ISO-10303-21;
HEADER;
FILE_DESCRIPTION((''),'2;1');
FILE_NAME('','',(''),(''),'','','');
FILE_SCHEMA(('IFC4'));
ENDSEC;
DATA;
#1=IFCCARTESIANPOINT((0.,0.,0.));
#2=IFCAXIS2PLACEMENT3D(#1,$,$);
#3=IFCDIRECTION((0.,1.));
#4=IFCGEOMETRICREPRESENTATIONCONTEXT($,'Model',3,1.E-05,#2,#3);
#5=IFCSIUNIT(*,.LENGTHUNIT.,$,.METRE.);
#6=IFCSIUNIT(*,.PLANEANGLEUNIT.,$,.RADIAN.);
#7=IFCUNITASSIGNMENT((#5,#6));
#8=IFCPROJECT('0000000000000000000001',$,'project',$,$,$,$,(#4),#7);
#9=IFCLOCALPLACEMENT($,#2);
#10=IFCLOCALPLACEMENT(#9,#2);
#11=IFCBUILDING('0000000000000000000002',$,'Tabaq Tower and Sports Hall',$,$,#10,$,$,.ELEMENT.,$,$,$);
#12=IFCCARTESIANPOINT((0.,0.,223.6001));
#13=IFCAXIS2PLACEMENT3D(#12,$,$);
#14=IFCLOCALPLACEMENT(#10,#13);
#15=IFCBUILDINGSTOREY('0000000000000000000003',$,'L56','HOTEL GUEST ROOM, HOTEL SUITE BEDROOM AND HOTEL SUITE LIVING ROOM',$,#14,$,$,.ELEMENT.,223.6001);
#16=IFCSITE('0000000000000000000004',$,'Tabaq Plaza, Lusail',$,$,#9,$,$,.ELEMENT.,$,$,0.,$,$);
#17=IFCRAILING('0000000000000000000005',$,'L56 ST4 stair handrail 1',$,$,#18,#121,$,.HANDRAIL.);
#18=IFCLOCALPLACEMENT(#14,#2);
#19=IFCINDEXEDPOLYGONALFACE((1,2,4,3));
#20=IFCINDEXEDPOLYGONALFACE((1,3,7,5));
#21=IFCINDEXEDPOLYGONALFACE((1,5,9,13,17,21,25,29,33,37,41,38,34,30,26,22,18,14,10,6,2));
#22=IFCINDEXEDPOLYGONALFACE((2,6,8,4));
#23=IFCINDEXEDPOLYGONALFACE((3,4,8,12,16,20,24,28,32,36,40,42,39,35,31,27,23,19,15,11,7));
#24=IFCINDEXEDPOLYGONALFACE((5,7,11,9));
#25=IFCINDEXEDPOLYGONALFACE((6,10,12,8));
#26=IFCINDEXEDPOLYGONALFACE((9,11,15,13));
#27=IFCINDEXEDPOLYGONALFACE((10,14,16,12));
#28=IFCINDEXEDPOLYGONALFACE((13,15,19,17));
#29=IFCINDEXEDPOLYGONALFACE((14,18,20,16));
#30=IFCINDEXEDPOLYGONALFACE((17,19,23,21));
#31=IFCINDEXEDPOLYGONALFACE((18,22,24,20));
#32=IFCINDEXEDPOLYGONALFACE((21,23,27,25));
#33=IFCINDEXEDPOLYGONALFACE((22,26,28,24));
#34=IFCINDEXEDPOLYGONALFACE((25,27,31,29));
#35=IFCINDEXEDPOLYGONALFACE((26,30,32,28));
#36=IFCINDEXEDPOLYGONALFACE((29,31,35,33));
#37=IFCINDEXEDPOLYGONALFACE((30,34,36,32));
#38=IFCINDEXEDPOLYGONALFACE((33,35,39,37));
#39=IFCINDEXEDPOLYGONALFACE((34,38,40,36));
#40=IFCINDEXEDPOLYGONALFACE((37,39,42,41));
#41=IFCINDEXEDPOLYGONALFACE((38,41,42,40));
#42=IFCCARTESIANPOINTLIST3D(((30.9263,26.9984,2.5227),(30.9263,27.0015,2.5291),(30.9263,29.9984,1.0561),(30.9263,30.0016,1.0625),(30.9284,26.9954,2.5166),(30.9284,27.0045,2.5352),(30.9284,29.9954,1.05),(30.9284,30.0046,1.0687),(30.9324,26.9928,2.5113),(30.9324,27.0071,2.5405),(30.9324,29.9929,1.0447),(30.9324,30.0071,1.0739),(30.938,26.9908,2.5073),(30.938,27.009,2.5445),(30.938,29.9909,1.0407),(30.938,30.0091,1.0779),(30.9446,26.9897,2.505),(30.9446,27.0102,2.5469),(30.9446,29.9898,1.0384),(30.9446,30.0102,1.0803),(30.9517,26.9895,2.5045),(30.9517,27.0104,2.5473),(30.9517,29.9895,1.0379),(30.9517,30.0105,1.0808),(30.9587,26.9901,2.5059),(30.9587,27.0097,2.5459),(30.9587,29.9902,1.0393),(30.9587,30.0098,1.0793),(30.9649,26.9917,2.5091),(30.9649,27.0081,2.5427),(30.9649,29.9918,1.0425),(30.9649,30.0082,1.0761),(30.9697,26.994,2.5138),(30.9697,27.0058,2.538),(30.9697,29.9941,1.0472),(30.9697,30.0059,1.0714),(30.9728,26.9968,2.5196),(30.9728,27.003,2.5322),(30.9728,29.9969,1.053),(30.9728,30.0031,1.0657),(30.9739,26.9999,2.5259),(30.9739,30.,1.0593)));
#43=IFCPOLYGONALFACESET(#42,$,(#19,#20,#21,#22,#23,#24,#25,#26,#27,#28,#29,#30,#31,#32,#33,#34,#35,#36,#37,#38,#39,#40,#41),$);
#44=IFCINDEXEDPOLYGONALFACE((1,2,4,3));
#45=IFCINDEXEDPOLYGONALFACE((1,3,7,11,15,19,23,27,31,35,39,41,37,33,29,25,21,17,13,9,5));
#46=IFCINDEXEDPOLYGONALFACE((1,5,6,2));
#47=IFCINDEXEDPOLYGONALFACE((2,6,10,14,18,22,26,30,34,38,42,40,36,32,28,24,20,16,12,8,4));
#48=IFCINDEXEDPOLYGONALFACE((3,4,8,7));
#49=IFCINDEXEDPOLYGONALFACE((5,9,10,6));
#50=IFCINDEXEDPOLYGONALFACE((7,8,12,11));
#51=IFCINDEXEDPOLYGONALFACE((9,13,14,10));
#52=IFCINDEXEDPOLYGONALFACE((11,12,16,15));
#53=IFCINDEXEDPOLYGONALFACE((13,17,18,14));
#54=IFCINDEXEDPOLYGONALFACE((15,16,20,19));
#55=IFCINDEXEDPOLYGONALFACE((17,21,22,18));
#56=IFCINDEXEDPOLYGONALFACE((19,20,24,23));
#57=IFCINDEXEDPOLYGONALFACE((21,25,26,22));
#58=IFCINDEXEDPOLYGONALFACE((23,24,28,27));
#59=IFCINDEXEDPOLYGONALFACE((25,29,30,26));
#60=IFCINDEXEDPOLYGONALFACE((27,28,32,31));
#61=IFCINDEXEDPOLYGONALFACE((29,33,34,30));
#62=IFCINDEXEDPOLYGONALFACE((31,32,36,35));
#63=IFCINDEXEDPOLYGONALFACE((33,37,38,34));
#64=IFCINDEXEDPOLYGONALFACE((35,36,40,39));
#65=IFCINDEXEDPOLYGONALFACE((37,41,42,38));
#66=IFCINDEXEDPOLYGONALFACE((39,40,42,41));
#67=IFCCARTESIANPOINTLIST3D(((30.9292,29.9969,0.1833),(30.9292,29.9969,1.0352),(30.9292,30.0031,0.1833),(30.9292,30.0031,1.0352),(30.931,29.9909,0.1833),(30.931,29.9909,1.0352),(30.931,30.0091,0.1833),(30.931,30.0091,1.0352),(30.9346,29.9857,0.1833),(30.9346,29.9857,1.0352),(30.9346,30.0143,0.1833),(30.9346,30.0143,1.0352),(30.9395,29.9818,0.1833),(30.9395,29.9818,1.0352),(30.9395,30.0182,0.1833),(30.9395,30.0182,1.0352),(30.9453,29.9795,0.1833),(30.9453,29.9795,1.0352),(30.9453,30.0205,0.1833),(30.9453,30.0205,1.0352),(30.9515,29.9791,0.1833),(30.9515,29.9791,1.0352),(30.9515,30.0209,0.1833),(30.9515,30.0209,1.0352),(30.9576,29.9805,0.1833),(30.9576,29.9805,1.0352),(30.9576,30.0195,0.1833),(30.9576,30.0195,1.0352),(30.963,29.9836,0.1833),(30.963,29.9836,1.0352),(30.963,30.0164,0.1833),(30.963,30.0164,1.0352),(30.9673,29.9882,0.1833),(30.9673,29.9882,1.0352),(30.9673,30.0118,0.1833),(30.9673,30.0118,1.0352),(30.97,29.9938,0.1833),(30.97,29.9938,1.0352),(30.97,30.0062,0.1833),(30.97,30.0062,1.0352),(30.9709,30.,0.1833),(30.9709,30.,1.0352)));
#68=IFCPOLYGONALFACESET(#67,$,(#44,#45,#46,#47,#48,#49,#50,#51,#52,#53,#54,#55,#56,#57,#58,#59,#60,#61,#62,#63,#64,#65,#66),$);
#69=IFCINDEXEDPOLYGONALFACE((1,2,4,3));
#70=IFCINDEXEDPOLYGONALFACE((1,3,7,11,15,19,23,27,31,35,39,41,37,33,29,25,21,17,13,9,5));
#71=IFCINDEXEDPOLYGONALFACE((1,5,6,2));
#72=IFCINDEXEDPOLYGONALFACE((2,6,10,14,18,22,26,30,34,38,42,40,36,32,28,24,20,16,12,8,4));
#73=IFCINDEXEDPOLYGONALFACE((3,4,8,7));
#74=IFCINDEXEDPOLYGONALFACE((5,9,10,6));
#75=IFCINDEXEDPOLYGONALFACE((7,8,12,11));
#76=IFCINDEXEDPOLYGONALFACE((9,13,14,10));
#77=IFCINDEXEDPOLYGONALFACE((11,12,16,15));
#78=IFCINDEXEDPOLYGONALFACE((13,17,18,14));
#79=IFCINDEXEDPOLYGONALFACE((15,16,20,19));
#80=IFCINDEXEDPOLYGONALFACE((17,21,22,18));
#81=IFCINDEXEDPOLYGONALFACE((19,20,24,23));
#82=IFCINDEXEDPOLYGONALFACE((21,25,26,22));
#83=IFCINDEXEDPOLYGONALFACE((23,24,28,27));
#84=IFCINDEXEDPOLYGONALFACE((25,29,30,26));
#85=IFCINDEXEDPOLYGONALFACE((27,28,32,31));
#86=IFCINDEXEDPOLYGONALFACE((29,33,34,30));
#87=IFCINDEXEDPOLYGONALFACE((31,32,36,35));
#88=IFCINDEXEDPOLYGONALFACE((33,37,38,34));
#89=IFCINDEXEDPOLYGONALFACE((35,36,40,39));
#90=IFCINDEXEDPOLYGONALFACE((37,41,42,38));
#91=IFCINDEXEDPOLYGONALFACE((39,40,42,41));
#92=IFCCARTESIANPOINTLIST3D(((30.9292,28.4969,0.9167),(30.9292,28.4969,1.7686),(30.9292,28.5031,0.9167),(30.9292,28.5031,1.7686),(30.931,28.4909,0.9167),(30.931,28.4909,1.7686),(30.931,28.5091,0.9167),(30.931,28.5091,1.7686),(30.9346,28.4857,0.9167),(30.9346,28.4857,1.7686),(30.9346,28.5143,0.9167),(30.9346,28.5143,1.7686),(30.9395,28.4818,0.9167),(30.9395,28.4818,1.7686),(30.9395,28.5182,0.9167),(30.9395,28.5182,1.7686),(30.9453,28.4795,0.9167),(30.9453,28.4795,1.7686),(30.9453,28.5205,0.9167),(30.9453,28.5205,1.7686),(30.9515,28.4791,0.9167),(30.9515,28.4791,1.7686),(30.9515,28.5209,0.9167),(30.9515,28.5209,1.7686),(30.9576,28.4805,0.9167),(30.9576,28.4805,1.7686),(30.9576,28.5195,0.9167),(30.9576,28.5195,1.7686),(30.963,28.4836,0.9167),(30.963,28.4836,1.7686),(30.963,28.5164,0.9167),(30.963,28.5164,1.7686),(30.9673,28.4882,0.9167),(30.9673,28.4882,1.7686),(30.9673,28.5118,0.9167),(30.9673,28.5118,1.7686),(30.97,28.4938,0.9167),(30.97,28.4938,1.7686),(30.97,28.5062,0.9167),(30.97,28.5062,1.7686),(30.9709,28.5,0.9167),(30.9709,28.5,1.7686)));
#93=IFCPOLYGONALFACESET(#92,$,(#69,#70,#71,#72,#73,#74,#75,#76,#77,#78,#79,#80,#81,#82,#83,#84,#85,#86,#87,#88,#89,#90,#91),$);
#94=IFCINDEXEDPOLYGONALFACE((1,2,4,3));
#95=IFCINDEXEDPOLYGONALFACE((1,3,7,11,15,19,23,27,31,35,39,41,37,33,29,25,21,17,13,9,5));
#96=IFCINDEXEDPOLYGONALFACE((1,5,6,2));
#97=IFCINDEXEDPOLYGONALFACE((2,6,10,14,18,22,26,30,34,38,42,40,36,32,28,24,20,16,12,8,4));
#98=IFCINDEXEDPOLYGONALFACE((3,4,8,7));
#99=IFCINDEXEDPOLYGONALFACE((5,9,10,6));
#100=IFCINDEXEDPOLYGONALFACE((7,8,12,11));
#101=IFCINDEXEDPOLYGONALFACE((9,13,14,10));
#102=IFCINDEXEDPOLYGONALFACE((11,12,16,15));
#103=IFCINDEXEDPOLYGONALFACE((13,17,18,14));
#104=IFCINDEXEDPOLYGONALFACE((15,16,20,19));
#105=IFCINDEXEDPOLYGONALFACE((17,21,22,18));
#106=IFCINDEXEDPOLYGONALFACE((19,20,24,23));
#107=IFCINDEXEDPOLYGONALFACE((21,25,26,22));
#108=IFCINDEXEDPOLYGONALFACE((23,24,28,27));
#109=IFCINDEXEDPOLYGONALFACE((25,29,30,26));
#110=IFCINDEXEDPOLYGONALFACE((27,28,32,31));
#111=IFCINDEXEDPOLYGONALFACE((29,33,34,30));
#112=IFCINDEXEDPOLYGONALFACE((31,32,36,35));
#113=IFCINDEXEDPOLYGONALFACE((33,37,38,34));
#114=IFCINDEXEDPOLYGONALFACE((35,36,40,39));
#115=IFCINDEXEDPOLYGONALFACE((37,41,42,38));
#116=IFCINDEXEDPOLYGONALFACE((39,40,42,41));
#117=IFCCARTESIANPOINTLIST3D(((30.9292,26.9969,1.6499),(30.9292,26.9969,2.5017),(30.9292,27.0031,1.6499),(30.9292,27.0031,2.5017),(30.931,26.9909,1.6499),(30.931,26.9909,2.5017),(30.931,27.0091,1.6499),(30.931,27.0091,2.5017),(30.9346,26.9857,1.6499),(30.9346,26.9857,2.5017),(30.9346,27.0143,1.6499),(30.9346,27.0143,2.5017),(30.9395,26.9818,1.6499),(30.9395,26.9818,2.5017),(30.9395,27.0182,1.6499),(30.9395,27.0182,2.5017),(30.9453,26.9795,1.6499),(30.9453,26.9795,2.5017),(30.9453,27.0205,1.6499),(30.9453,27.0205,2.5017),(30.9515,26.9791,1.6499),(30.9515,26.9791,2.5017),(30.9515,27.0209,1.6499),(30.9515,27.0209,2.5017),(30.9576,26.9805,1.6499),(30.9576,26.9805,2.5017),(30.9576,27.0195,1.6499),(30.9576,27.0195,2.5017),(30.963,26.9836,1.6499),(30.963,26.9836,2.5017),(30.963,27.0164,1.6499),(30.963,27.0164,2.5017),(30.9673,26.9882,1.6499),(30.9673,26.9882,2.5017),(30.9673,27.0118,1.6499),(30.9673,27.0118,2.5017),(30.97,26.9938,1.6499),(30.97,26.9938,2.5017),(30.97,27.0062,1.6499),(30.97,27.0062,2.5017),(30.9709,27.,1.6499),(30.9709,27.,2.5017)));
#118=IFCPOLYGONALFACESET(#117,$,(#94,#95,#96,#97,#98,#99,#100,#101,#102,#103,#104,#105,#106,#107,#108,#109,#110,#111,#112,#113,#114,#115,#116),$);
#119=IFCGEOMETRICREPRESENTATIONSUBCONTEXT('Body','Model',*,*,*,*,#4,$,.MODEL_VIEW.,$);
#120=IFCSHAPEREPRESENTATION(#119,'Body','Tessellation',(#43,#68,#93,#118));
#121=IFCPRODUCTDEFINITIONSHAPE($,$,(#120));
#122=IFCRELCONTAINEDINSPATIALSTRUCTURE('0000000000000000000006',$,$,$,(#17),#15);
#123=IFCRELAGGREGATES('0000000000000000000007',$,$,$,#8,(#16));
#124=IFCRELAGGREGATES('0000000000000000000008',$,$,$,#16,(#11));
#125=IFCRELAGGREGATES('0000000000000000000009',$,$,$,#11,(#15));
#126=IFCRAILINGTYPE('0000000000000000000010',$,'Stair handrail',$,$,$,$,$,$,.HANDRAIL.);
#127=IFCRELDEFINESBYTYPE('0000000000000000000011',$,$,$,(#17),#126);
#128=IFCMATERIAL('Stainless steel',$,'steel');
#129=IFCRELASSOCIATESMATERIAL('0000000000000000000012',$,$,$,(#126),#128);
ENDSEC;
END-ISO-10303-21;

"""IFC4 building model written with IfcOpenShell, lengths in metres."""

from ifc_helpers import new_model, si_unit, direction, frame, origin, origin_2d, place, context, subcontext, project, spatial, circle, extrude, material, type_object, element, save


model = new_model("IFC4")

# Units and contexts
model_context = context("Model", 3, precision=1e-05, world=origin(), true_north=direction((0.0, 1.0)))
body_context = subcontext(model_context, "Body", "Model", "MODEL_VIEW")
ifc_project = project(units=[si_unit("LENGTHUNIT", "METRE"), si_unit("PLANEANGLEUNIT", "RADIAN")], contexts=[model_context])

# Site, building, storey
site_placement = place(None, origin())
site = spatial("IfcSite", under=ifc_project, at=site_placement, Name="Tabaq Plaza, Lusail", CompositionType="ELEMENT", RefElevation=0.0)
building_placement = place(site_placement, origin())
building = spatial("IfcBuilding", under=site, at=building_placement, Name="Tabaq Tower and Sports Hall", CompositionType="ELEMENT")
storey_placement = place(building_placement, frame((0.0, 0.0, 223.6001)))
storey = spatial("IfcBuildingStorey", under=building, at=storey_placement, Name="L56", Description="HOTEL GUEST ROOM, HOTEL SUITE BEDROOM AND HOTEL SUITE LIVING ROOM", CompositionType="ELEMENT", Elevation=223.6001)

# Railing
ifc_material_1 = material(Name="Stainless steel", Category="steel")
railing_type = type_object("IfcRailingType", Name="Stair handrail", PredefinedType="HANDRAIL", material=ifc_material_1)
railing_placement = place(storey_placement, frame((30.95, 30.0, 0.1833)))
element("IfcRailing", 1, at=railing_placement, inside=storey, type_object=railing_type, Name="L56 ST4 stair handrail 1", PredefinedType="HANDRAIL", context=body_context, shape_type="SweptSolid", body=[
    extrude(circle(Radius=0.0239, at=origin_2d()), frame((0.0, 0.0, 0.876), z_axis=(0.0, -0.898398, 0.439183), x_axis=(1.0, 0.0, 0.0)), (0.0, 0.0, 1.0), 3.3394),
    extrude(circle(Radius=0.021, at=origin_2d()), origin(), (0.0, 0.0, 1.0), 0.8518),
    extrude(circle(Radius=0.021, at=origin_2d()), frame((0.0, -1.5, 0.7334)), (0.0, 0.0, 1.0), 0.8518),
    extrude(circle(Radius=0.021, at=origin_2d()), frame((0.0, -3.0, 1.4666)), (0.0, 0.0, 1.0), 0.8518),
])

save(model, "model.ifc")
